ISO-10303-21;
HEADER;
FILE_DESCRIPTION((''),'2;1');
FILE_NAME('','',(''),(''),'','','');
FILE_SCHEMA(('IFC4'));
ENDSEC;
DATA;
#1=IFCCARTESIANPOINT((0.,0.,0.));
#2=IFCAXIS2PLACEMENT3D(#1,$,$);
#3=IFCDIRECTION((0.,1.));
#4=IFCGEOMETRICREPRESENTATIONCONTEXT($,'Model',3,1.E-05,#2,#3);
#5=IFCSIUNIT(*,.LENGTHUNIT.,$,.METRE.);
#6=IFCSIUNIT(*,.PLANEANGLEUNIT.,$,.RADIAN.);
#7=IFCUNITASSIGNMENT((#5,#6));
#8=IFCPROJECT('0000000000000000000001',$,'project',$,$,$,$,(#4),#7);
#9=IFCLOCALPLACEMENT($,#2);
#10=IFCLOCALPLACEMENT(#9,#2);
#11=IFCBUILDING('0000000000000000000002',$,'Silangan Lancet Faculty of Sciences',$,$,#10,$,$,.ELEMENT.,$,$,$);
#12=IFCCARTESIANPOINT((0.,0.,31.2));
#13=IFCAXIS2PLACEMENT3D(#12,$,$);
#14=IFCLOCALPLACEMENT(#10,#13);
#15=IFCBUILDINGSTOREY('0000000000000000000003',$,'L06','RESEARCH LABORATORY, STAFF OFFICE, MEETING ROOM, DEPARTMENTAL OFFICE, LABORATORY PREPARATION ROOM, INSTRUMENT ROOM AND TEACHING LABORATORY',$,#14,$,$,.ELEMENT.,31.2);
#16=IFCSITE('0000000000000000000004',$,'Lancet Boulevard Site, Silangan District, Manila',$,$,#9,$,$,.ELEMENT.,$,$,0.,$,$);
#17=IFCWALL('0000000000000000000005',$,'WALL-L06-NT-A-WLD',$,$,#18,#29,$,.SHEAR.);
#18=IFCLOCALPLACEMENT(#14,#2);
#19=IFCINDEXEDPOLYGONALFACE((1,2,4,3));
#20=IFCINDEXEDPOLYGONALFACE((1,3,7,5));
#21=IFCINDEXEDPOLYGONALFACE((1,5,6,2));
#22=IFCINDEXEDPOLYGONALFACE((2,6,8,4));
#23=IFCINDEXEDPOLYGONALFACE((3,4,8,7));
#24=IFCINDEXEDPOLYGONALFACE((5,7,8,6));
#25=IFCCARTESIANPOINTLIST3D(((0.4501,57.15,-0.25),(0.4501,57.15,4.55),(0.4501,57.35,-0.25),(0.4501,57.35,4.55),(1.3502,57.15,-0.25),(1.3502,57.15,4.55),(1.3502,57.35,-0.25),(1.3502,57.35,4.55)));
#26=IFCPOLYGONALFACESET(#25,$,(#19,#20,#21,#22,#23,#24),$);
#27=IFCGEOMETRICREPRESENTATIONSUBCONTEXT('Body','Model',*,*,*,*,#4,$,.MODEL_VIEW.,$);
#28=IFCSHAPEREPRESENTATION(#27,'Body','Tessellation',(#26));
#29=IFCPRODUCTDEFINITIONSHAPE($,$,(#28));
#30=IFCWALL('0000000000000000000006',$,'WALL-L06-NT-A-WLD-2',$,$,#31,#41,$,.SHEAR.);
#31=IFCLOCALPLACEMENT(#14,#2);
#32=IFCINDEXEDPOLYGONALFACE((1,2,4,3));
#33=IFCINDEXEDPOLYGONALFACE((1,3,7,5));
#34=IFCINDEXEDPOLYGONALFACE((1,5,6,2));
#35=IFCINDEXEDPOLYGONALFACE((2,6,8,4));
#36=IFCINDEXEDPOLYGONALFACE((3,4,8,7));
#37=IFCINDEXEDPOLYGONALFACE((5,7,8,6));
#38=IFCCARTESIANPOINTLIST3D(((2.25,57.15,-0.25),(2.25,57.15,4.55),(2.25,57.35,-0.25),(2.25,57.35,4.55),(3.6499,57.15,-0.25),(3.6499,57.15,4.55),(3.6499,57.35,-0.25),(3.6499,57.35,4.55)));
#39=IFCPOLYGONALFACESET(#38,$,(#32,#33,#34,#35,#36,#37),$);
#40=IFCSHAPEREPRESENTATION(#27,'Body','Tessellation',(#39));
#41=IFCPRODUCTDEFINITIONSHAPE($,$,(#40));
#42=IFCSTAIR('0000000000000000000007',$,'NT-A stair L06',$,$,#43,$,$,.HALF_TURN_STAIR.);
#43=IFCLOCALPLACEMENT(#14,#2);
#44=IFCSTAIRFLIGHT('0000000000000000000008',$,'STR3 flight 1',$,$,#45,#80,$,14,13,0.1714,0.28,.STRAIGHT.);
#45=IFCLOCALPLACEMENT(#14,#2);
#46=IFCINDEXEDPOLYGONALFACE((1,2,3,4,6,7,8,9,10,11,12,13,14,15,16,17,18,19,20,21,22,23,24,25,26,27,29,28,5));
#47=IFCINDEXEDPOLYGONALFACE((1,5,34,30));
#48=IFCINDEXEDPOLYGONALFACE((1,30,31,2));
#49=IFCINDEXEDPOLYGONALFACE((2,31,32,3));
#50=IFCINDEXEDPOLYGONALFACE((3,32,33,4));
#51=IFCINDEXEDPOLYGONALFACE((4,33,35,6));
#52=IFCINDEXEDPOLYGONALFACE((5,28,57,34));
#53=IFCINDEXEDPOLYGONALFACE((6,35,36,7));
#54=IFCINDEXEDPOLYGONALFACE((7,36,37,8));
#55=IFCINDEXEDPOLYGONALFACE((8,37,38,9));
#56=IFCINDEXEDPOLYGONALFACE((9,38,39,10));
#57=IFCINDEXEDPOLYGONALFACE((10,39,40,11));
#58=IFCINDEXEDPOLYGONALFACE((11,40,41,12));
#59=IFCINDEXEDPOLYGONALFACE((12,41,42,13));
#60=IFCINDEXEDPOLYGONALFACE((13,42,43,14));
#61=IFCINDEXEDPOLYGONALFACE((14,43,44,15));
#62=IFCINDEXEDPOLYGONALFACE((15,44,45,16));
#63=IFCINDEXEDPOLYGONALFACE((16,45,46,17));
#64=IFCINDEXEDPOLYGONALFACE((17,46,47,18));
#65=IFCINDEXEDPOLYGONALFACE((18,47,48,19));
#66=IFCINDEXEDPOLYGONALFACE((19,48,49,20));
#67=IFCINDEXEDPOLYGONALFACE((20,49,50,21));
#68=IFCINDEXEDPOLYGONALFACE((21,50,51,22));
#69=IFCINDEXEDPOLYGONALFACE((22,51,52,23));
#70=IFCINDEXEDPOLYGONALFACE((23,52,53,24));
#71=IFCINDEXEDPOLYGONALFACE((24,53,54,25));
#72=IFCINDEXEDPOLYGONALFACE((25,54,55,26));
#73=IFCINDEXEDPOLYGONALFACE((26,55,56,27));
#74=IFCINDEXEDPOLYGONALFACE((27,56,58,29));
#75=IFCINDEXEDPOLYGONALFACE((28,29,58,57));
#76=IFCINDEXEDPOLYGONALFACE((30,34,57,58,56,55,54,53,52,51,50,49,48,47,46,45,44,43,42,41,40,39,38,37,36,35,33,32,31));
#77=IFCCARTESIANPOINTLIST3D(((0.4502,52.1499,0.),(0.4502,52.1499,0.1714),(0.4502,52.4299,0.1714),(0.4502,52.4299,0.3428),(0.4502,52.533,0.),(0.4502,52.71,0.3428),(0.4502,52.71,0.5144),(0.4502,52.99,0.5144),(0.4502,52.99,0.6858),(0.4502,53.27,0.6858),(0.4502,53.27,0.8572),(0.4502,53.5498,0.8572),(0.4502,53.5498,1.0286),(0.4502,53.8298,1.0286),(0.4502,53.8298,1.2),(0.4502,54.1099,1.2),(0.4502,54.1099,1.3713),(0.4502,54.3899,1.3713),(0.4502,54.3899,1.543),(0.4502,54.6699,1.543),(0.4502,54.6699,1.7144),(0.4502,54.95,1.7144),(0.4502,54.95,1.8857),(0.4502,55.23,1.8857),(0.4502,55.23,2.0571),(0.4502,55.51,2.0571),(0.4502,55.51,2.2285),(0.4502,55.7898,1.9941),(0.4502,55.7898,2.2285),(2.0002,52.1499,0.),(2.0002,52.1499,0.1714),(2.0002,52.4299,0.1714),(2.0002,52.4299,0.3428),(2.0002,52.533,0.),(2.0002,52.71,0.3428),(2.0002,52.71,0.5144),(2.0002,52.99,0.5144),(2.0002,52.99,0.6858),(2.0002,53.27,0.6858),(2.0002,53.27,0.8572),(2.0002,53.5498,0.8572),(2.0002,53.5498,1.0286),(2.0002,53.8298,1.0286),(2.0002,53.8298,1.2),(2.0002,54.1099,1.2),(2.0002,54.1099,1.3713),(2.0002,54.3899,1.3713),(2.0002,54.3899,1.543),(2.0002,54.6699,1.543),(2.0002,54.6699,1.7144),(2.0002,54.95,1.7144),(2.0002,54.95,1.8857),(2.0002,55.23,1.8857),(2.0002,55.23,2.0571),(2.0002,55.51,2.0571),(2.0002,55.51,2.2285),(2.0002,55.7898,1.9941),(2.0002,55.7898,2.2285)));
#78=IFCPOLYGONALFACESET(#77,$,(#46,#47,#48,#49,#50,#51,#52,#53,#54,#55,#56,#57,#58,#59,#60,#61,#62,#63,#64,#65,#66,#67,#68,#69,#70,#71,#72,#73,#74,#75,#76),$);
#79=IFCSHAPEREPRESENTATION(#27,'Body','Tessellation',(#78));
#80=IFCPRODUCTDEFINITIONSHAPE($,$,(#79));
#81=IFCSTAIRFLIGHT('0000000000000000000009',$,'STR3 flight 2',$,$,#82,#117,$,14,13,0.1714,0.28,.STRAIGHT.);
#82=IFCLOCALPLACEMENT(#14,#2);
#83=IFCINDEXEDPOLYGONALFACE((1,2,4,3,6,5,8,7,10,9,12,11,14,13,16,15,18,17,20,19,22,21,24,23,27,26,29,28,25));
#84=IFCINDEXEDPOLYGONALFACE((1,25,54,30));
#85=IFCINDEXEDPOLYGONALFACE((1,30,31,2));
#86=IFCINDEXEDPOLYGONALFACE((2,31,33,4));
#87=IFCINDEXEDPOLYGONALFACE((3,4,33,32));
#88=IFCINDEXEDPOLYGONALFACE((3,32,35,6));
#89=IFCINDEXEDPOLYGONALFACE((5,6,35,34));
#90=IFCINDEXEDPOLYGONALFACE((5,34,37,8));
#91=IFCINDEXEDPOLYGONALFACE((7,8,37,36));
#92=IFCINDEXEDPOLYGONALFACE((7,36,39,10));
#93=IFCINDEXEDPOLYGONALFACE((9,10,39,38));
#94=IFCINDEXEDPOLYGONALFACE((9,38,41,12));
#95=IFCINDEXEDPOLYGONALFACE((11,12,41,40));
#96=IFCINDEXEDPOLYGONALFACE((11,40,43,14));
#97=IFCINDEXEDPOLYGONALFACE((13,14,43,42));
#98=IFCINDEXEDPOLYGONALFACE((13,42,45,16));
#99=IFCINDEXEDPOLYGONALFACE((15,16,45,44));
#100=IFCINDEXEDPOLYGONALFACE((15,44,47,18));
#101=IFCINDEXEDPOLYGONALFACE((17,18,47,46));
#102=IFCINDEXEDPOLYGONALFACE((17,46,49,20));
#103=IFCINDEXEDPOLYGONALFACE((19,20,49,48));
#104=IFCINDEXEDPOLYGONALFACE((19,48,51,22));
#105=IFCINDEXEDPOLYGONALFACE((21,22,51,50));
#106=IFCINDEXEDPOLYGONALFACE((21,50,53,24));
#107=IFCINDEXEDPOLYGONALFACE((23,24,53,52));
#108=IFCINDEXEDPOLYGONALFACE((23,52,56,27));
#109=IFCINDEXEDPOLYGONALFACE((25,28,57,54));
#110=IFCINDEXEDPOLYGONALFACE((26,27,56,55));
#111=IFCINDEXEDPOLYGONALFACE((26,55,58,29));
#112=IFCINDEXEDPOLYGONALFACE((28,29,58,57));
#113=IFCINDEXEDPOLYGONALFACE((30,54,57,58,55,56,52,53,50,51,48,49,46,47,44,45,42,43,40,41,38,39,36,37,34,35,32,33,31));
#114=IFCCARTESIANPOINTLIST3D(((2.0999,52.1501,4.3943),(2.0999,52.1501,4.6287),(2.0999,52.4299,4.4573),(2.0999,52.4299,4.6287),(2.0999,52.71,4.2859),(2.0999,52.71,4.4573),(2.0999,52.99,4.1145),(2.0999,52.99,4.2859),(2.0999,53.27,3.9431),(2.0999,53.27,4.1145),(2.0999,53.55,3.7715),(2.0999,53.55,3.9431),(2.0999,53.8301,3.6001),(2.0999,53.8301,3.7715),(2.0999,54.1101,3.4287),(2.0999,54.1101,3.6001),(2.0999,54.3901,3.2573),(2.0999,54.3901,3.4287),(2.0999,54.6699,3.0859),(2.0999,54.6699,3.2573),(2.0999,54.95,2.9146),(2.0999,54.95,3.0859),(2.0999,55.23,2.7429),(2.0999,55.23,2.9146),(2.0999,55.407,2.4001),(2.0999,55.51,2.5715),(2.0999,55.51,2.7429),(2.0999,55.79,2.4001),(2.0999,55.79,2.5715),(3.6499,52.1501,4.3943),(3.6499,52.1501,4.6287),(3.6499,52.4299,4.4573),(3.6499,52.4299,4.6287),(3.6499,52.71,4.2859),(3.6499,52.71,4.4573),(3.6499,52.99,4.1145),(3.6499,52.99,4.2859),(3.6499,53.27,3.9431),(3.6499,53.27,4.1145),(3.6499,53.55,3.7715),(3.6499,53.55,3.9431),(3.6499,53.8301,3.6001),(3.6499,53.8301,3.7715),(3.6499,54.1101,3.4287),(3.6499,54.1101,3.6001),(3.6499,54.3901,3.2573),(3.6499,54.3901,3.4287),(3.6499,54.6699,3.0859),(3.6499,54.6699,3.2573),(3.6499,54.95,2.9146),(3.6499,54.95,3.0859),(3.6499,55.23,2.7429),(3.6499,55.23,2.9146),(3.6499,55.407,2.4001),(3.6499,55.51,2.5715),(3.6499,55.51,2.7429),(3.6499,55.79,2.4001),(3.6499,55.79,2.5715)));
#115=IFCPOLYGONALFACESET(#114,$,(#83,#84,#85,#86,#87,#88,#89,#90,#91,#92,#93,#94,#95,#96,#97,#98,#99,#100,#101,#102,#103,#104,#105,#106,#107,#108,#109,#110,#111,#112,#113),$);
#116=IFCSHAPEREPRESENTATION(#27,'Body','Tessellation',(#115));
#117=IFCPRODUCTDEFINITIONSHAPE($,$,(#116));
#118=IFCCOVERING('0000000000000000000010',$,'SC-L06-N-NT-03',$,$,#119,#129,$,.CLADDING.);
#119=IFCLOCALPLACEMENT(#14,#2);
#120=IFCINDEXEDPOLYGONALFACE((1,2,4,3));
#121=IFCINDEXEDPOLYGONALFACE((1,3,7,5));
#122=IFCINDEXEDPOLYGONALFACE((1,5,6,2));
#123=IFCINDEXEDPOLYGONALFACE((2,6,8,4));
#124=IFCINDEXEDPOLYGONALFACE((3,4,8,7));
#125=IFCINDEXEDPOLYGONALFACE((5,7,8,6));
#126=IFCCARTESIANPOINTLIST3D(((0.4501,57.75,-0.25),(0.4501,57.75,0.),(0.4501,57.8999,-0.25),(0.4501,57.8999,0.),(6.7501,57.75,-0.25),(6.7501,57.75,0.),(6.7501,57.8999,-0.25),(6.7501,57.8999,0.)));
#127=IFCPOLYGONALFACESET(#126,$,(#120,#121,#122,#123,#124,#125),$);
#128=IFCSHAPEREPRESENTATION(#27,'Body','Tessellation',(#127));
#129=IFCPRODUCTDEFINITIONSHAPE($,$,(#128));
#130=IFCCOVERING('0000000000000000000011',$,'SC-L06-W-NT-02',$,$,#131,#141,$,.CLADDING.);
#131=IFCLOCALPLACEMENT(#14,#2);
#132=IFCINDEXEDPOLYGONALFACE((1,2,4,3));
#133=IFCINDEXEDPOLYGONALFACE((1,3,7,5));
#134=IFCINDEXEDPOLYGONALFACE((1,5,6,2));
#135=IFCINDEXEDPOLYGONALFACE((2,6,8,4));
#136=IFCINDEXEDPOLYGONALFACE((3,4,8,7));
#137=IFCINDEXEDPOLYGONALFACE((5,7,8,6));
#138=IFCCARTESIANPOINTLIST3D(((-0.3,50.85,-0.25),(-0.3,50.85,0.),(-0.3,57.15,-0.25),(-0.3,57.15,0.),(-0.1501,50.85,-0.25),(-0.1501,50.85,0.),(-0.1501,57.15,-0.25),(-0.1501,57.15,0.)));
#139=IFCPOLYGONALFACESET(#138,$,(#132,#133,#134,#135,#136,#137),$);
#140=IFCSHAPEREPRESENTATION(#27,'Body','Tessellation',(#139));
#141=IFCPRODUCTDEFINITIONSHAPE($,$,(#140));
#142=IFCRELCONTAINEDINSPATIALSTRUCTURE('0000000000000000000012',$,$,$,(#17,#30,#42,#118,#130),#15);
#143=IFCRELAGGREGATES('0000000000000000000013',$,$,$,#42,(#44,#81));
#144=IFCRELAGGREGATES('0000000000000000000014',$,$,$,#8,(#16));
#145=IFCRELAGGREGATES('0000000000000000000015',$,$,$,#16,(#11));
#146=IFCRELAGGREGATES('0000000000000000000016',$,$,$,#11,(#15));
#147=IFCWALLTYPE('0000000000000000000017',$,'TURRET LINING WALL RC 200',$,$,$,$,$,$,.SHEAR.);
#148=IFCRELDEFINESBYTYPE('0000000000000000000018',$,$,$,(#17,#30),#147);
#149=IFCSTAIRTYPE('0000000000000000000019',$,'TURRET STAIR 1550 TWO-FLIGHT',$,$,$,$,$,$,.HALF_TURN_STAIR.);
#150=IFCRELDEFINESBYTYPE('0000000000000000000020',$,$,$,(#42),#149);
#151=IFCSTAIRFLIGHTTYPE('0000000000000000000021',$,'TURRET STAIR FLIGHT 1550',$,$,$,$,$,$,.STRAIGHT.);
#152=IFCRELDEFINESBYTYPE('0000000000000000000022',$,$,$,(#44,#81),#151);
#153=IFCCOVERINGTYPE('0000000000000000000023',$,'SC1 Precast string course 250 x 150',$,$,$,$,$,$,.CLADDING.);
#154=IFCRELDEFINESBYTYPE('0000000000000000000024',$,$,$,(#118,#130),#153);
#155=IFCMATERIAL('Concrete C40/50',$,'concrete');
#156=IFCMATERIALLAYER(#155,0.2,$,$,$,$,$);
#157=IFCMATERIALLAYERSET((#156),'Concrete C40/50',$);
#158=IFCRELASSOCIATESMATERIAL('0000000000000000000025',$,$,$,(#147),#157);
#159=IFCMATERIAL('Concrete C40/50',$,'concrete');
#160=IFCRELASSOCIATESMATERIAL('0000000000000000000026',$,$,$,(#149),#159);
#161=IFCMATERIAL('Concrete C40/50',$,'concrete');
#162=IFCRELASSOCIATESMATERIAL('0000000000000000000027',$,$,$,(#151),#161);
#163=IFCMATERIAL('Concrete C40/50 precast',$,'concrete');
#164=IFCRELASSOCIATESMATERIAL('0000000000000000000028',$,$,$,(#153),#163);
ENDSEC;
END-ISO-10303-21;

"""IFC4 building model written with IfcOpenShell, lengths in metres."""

from ifc_helpers import new_model, si_unit, direction, frame, frame_2d, origin, origin_2d, place, context, subcontext, project, spatial, polyline, rectangle, outline, extrude, material, layer, layer_set, type_object, element, aggregate, save


model = new_model("IFC4")

# Units and contexts
model_context = context("Model", 3, precision=1e-05, world=origin(), true_north=direction((0.0, 1.0)))
body_context = subcontext(model_context, "Body", "Model", "MODEL_VIEW")
ifc_project = project(units=[si_unit("LENGTHUNIT", "METRE"), si_unit("PLANEANGLEUNIT", "RADIAN")], contexts=[model_context])

# Site, building, storey
site_placement = place(None, origin())
site = spatial("IfcSite", under=ifc_project, at=site_placement, Name="Lancet Boulevard Site, Silangan District, Manila", CompositionType="ELEMENT", RefElevation=0.0)
building_placement = place(site_placement, origin())
building = spatial("IfcBuilding", under=site, at=building_placement, Name="Silangan Lancet Faculty of Sciences", CompositionType="ELEMENT")
storey_placement = place(building_placement, frame((0.0, 0.0, 31.2)))
storey = spatial("IfcBuildingStorey", under=building, at=storey_placement, Name="L06", Description="RESEARCH LABORATORY, STAFF OFFICE, MEETING ROOM, DEPARTMENTAL OFFICE, LABORATORY PREPARATION ROOM, INSTRUMENT ROOM AND TEACHING LABORATORY", CompositionType="ELEMENT", Elevation=31.2)

# Walls
ifc_material_1 = material(Name="Concrete C40/50", Category="concrete")
ifc_layer_1 = layer(ifc_material_1, 0.2)
ifc_layer_set_1 = layer_set([ifc_layer_1], Name="Concrete C40/50")
wall_type_1 = type_object("IfcWallType", Name="TURRET LINING WALL RC 200", PredefinedType="SHEAR", material=ifc_layer_set_1)
wall_1_placement = place(storey_placement, frame((0.45, 57.25, -0.25), z_axis=(0.0, 0.0, 1.0), x_axis=(1.0, 0.0, 0.0)))
element("IfcWall", 1, at=wall_1_placement, inside=storey, type_object=wall_type_1, Name="WALL-L06-NT-A-WLD", PredefinedType="SHEAR", context=body_context, shape_type="SweptSolid", body=[
    extrude(rectangle(XDim=0.9001, YDim=0.2, at=frame_2d((0.4502, 0.0))), origin(), (0.0, 0.0, 1.0), 4.8),
])
wall_2_placement = place(storey_placement, frame((2.25, 57.25, -0.25), z_axis=(0.0, 0.0, 1.0), x_axis=(1.0, 0.0, 0.0)))
element("IfcWall", 2, at=wall_2_placement, inside=storey, type_object=wall_type_1, Name="WALL-L06-NT-A-WLD-2", PredefinedType="SHEAR", context=body_context, shape_type="SweptSolid", body=[
    extrude(rectangle(XDim=1.3999, YDim=0.2, at=frame_2d((0.7, 0.0))), origin(), (0.0, 0.0, 1.0), 4.8),
])

# Stair, stair flights
ifc_material_2 = material(Name="Concrete C40/50", Category="concrete")
stair_type = type_object("IfcStairType", Name="TURRET STAIR 1550 TWO-FLIGHT", PredefinedType="HALF_TURN_STAIR", material=ifc_material_2)
stair_placement = place(storey_placement, origin())
stair = element("IfcStair", 3, at=stair_placement, inside=storey, type_object=stair_type, Name="NT-A stair L06", PredefinedType="HALF_TURN_STAIR")
ifc_material_3 = material(Name="Concrete C40/50", Category="concrete")
stair_flight_type = type_object("IfcStairFlightType", Name="TURRET STAIR FLIGHT 1550", PredefinedType="STRAIGHT", material=ifc_material_3)
stair_flight_1_placement = place(storey_placement, frame((1.2251, 52.1499, 0.0), z_axis=(0.0, 0.0, 1.0), x_axis=(0.0, 1.0, 0.0)))
stair_flight_1 = element("IfcStairFlight", 4, at=stair_flight_1_placement, type_object=stair_flight_type, Name="STR3 flight 1", NumberOfRisers=14, NumberOfTreads=13, PredefinedType="STRAIGHT", RiserHeight=0.1714, TreadLength=0.28, context=body_context, shape_type="SweptSolid", body=[
    extrude(outline(polyline([(0.0, 0.0), (0.0, 0.1714), (0.28, 0.1714), (0.28, 0.3428), (0.5601, 0.3428), (0.5601, 0.5144), (0.8401, 0.5144), (0.8401, 0.6858), (1.1201, 0.6858), (1.1201, 0.8572), (1.3999, 0.8572), (1.3999, 1.0286), (1.6799, 1.0286), (1.6799, 1.2), (1.96, 1.2), (1.96, 1.3713), (2.24, 1.3713), (2.24, 1.543), (2.52, 1.543), (2.52, 1.7144), (2.8, 1.7144), (2.8, 1.8857), (3.0801, 1.8857), (3.0801, 2.0571), (3.3601, 2.0571), (3.3601, 2.2285), (3.6399, 2.2285), (3.6399, 2.3999), (3.6399, 1.9941), (0.3831, 0.0), (0.0, 0.0)])), frame((0.0, 0.7749, 0.0), z_axis=(0.0, -1.0, 0.0), x_axis=(1.0, 0.0, 0.0)), (0.0, 0.0, 1.0), 1.55),
])
stair_flight_2_placement = place(storey_placement, frame((2.875, 55.79, 2.4001), z_axis=(0.0, 0.0, 1.0), x_axis=(0.0, -1.0, 0.0)))
stair_flight_2 = element("IfcStairFlight", 5, at=stair_flight_2_placement, type_object=stair_flight_type, Name="STR3 flight 2", NumberOfRisers=14, NumberOfTreads=13, PredefinedType="STRAIGHT", RiserHeight=0.1714, TreadLength=0.28, context=body_context, shape_type="SweptSolid", body=[
    extrude(outline(polyline([(0.0, 0.0), (0.0, 0.1714), (0.28, 0.1714), (0.28, 0.3428), (0.5601, 0.3428), (0.5601, 0.5144), (0.8401, 0.5144), (0.8401, 0.6858), (1.1201, 0.6858), (1.1201, 0.8572), (1.3999, 0.8572), (1.3999, 1.0286), (1.6799, 1.0286), (1.6799, 1.2), (1.96, 1.2), (1.96, 1.3713), (2.24, 1.3713), (2.24, 1.543), (2.52, 1.543), (2.52, 1.7144), (2.8, 1.7144), (2.8, 1.8857), (3.0801, 1.8857), (3.0801, 2.0571), (3.3601, 2.0571), (3.3601, 2.2285), (3.6399, 2.2285), (3.6399, 2.3999), (3.6399, 1.9941), (0.3831, 0.0), (0.0, 0.0)])), frame((0.0, 0.7749, 0.0), z_axis=(0.0, -1.0, 0.0), x_axis=(1.0, 0.0, 0.0)), (0.0, 0.0, 1.0), 1.55),
])
aggregate(stair, [stair_flight_1, stair_flight_2])

# Coverings
ifc_material_4 = material(Name="Concrete C40/50 precast", Category="concrete")
covering_type = type_object("IfcCoveringType", Name="SC1 Precast string course 250 x 150", PredefinedType="CLADDING", material=ifc_material_4)
covering_1_placement = place(storey_placement, frame((3.6001, 57.825, -0.25), z_axis=(0.0, 0.0, 1.0), x_axis=(1.0, 0.0, 0.0)))
element("IfcCovering", 6, at=covering_1_placement, inside=storey, type_object=covering_type, Name="SC-L06-N-NT-03", PredefinedType="CLADDING", context=body_context, shape_type="SweptSolid", body=[
    extrude(rectangle(XDim=6.3, YDim=0.1499, at=origin_2d()), origin(), (0.0, 0.0, 1.0), 0.25),
])
covering_2_placement = place(storey_placement, frame((-0.2251, 54.0, -0.25), z_axis=(0.0, 0.0, 1.0), x_axis=(1.0, 0.0, 0.0)))
element("IfcCovering", 7, at=covering_2_placement, inside=storey, type_object=covering_type, Name="SC-L06-W-NT-02", PredefinedType="CLADDING", context=body_context, shape_type="SweptSolid", body=[
    extrude(rectangle(XDim=0.1499, YDim=6.3, at=origin_2d()), origin(), (0.0, 0.0, 1.0), 0.25),
])

save(model, "model.ifc")
